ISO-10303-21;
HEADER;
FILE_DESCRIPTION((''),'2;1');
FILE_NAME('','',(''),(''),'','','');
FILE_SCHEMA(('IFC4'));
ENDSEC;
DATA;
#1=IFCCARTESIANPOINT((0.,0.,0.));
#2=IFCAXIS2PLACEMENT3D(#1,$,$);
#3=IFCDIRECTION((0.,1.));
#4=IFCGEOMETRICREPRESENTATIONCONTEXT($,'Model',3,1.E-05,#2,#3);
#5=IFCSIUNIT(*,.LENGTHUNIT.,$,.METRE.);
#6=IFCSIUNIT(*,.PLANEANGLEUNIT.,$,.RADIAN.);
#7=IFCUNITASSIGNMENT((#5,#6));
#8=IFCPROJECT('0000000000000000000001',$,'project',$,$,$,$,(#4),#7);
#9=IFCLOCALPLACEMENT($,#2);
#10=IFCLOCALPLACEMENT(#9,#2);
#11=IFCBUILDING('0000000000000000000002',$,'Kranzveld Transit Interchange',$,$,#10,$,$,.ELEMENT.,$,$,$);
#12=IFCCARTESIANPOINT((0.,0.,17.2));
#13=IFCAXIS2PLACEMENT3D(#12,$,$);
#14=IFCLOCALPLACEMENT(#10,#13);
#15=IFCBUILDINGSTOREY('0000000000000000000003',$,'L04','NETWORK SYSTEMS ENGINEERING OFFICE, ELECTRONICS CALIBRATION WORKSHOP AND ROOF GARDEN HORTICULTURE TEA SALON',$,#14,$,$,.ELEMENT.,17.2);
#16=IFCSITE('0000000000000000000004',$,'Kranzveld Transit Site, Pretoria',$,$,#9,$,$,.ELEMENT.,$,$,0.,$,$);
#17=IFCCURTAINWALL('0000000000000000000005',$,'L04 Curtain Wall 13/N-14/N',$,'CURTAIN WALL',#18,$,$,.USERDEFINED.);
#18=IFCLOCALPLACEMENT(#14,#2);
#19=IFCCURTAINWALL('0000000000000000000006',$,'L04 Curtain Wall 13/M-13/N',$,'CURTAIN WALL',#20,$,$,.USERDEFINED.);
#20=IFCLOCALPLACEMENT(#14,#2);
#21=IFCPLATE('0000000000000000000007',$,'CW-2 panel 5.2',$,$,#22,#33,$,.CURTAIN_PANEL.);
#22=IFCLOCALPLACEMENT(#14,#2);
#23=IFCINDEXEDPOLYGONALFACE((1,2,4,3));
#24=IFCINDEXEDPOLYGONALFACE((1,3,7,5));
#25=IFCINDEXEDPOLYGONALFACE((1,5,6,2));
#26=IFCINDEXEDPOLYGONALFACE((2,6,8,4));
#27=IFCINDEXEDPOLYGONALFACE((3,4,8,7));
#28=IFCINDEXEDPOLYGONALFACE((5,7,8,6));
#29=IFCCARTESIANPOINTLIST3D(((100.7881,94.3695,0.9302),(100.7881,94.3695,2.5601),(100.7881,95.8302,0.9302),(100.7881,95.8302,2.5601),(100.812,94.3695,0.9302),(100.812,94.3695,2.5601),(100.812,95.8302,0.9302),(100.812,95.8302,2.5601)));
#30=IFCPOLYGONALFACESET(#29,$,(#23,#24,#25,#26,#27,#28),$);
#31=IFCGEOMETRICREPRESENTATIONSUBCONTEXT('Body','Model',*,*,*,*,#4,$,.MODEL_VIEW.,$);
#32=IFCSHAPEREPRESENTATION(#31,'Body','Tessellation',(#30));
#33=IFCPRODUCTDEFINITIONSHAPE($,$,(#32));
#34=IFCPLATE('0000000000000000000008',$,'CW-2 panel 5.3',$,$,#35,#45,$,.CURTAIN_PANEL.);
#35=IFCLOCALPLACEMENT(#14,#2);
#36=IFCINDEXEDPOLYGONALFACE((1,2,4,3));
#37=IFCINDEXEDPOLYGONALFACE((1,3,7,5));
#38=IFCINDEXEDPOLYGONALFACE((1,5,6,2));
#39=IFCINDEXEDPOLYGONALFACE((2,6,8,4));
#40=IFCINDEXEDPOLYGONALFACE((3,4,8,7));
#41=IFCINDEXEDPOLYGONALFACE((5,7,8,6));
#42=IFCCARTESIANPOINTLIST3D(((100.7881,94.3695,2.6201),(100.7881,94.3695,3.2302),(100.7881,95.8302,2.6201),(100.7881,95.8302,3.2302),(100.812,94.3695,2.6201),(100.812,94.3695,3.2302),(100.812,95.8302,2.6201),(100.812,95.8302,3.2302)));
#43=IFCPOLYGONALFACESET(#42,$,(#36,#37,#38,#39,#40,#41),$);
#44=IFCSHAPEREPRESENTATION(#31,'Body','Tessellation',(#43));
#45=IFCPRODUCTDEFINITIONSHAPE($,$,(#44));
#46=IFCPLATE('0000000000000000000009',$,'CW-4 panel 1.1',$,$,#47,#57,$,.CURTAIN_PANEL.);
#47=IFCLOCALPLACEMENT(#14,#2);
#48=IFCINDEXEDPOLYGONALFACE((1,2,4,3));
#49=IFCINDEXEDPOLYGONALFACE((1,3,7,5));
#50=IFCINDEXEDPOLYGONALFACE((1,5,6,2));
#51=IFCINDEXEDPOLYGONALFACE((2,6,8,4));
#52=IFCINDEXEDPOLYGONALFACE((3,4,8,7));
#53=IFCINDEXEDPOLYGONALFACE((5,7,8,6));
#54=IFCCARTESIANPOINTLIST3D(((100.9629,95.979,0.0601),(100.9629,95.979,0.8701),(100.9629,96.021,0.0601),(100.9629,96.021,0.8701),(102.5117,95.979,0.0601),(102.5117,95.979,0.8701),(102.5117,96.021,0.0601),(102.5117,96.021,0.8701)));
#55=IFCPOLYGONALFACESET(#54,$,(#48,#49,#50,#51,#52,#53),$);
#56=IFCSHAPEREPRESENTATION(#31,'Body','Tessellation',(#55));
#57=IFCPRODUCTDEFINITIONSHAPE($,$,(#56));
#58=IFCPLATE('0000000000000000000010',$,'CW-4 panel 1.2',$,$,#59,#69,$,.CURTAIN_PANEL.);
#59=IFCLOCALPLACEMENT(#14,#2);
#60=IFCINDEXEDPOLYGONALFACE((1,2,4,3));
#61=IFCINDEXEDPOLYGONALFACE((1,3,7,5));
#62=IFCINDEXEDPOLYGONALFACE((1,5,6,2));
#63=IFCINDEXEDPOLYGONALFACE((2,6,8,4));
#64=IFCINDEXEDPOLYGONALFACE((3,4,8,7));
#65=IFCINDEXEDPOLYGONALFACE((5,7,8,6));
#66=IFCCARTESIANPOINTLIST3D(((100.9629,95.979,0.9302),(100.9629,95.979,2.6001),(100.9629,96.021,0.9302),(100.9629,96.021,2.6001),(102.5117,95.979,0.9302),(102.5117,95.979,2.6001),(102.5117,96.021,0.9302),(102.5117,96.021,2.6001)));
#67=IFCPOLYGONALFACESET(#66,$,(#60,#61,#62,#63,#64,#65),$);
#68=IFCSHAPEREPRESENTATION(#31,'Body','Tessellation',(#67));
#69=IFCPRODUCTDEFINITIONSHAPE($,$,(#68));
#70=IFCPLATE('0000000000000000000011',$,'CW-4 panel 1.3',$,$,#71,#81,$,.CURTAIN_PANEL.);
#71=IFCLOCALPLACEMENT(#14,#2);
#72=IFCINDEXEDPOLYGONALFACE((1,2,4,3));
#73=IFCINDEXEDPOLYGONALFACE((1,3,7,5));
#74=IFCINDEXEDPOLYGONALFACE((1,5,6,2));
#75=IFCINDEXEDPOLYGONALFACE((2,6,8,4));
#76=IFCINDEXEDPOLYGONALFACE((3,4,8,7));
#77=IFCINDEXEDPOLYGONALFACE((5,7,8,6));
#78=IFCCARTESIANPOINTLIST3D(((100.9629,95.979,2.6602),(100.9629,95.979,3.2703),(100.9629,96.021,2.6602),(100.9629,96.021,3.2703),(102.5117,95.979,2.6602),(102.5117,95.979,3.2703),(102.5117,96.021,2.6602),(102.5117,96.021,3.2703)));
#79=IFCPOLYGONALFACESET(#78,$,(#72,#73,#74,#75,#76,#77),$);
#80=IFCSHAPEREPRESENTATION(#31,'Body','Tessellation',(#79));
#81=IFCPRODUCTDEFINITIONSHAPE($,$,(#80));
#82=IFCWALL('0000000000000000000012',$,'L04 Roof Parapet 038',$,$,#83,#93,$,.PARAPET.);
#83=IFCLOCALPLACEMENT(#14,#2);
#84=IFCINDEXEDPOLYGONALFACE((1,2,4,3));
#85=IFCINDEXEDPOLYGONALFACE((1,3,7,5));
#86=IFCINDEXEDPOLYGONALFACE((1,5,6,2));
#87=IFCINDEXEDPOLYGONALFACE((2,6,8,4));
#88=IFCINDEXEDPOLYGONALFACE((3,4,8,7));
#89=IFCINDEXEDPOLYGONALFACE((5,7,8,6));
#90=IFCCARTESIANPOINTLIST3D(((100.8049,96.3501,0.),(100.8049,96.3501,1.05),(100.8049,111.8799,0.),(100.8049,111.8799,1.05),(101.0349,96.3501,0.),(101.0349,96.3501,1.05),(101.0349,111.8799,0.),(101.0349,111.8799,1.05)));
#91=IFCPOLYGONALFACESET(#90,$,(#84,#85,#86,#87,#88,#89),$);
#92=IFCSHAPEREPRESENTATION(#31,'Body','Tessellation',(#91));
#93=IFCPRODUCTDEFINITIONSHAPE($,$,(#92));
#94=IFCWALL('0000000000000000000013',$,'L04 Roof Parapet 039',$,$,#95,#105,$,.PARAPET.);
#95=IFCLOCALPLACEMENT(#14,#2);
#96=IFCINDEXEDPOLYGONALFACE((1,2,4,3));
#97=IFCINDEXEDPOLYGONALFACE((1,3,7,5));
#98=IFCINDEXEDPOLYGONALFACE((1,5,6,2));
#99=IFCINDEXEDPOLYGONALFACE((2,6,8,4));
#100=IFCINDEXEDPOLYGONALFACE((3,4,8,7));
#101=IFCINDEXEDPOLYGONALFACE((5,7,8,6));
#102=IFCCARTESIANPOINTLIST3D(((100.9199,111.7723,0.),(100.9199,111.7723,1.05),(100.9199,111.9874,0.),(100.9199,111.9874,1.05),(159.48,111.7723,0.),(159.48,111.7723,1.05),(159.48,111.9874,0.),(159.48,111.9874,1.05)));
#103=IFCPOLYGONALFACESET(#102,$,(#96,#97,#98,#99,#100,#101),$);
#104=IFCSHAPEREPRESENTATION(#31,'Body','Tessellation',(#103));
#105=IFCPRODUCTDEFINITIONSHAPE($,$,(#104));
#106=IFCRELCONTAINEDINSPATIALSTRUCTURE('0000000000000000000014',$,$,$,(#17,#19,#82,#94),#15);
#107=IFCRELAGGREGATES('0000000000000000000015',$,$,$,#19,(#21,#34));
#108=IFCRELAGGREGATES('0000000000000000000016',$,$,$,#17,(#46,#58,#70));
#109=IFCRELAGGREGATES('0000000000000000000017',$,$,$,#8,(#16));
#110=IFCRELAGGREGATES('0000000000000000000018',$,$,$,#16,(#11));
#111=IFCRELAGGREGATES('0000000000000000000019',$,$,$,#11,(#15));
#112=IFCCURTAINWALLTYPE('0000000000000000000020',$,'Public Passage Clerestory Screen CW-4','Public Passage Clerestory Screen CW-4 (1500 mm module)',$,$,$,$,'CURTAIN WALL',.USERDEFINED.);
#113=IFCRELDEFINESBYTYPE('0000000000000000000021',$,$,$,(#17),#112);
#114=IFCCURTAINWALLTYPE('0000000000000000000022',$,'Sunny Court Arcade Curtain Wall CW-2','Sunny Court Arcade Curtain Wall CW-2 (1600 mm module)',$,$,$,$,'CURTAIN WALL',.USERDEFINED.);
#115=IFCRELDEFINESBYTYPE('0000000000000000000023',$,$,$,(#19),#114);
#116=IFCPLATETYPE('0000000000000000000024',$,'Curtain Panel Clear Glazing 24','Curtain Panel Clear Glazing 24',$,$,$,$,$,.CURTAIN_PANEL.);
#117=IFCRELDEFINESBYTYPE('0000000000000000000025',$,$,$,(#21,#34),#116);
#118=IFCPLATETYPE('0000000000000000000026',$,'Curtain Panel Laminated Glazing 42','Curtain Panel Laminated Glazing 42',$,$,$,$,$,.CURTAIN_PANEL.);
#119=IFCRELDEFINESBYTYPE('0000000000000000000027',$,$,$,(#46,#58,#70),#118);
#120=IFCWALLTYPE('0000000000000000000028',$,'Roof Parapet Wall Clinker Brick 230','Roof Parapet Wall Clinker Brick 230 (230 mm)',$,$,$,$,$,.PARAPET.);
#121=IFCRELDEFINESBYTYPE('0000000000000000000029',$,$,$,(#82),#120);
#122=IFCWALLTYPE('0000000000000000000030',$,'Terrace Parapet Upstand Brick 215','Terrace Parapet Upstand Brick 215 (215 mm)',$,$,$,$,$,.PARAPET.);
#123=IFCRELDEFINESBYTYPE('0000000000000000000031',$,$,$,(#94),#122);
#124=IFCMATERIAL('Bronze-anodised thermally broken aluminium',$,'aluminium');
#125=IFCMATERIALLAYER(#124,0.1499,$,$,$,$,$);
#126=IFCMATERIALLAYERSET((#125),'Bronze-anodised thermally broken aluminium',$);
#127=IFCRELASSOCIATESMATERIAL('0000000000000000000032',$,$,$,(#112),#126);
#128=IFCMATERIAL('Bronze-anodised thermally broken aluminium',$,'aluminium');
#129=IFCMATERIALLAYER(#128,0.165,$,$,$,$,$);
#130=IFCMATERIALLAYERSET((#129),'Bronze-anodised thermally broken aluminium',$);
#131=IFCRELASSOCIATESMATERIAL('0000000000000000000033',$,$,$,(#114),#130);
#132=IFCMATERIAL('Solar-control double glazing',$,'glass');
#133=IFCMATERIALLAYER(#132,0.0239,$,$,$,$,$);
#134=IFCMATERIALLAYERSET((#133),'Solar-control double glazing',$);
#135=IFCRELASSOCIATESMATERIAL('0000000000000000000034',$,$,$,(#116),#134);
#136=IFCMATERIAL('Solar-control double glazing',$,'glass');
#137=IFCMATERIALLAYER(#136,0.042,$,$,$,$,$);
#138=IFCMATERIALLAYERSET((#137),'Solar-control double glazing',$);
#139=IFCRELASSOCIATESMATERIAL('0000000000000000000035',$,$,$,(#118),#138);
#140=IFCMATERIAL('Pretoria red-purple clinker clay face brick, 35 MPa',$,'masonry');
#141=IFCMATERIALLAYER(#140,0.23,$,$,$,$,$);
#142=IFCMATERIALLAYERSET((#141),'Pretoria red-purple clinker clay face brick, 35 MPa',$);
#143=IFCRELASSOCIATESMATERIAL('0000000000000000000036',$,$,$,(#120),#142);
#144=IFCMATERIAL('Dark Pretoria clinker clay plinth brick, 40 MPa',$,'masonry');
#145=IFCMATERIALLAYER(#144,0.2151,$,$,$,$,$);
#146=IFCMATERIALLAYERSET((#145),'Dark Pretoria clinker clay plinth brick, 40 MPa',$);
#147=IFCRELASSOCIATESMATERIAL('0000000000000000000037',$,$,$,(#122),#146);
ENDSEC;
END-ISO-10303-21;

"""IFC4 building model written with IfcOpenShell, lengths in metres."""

from ifc_helpers import new_model, si_unit, direction, frame, frame_2d, origin, origin_2d, place, context, subcontext, project, spatial, rectangle, extrude, material, layer, layer_set, type_object, element, aggregate, save


model = new_model("IFC4")

# Units and contexts
model_context = context("Model", 3, precision=1e-05, world=origin(), true_north=direction((0.0, 1.0)))
body_context = subcontext(model_context, "Body", "Model", "MODEL_VIEW")
ifc_project = project(units=[si_unit("LENGTHUNIT", "METRE"), si_unit("PLANEANGLEUNIT", "RADIAN")], contexts=[model_context])

# Site, building, storey
site_placement = place(None, origin())
site = spatial("IfcSite", under=ifc_project, at=site_placement, Name="Kranzveld Transit Site, Pretoria", CompositionType="ELEMENT", RefElevation=0.0)
building_placement = place(site_placement, origin())
building = spatial("IfcBuilding", under=site, at=building_placement, Name="Kranzveld Transit Interchange", CompositionType="ELEMENT")
storey_placement = place(building_placement, frame((0.0, 0.0, 17.2)))
storey = spatial("IfcBuildingStorey", under=building, at=storey_placement, Name="L04", Description="NETWORK SYSTEMS ENGINEERING OFFICE, ELECTRONICS CALIBRATION WORKSHOP AND ROOF GARDEN HORTICULTURE TEA SALON", CompositionType="ELEMENT", Elevation=17.2)

# Curtain wall
ifc_material_1 = material(Name="Bronze-anodised thermally broken aluminium", Category="aluminium")
ifc_layer_1 = layer(ifc_material_1, 0.1499)
ifc_layer_set_1 = layer_set([ifc_layer_1], Name="Bronze-anodised thermally broken aluminium")
curtain_wall_type_1 = type_object("IfcCurtainWallType", Name="Public Passage Clerestory Screen CW-4", Description="Public Passage Clerestory Screen CW-4 (1500 mm module)", ElementType="CURTAIN WALL", PredefinedType="USERDEFINED", material=ifc_layer_set_1)
curtain_wall_1_placement = place(storey_placement, origin())
curtain_wall_1 = element("IfcCurtainWall", 1, at=curtain_wall_1_placement, inside=storey, type_object=curtain_wall_type_1, Name="L04 Curtain Wall 13/N-14/N", ObjectType="CURTAIN WALL", PredefinedType="USERDEFINED")

# Curtain wall
ifc_material_2 = material(Name="Bronze-anodised thermally broken aluminium", Category="aluminium")
ifc_layer_2 = layer(ifc_material_2, 0.165)
ifc_layer_set_2 = layer_set([ifc_layer_2], Name="Bronze-anodised thermally broken aluminium")
curtain_wall_type_2 = type_object("IfcCurtainWallType", Name="Sunny Court Arcade Curtain Wall CW-2", Description="Sunny Court Arcade Curtain Wall CW-2 (1600 mm module)", ElementType="CURTAIN WALL", PredefinedType="USERDEFINED", material=ifc_layer_set_2)
curtain_wall_2_placement = place(storey_placement, origin())
curtain_wall_2 = element("IfcCurtainWall", 2, at=curtain_wall_2_placement, inside=storey, type_object=curtain_wall_type_2, Name="L04 Curtain Wall 13/M-13/N", ObjectType="CURTAIN WALL", PredefinedType="USERDEFINED")

# Plates
ifc_material_3 = material(Name="Solar-control double glazing", Category="glass")
ifc_layer_3 = layer(ifc_material_3, 0.0239)
ifc_layer_set_3 = layer_set([ifc_layer_3], Name="Solar-control double glazing")
plate_type_1 = type_object("IfcPlateType", Name="Curtain Panel Clear Glazing 24", Description="Curtain Panel Clear Glazing 24", PredefinedType="CURTAIN_PANEL", material=ifc_layer_set_3)
plate_1_placement = place(storey_placement, frame((100.8, 95.0999, 0.9302), z_axis=(0.0, 0.0, 1.0), x_axis=(0.0, 1.0, 0.0)))
plate_1 = element("IfcPlate", 3, at=plate_1_placement, type_object=plate_type_1, Name="CW-2 panel 5.2", PredefinedType="CURTAIN_PANEL", context=body_context, shape_type="SweptSolid", body=[
    extrude(rectangle(XDim=1.4607, YDim=0.0239, at=origin_2d()), origin(), (0.0, 0.0, 1.0), 1.6299),
])
plate_2_placement = place(storey_placement, frame((100.8, 95.0999, 2.6201), z_axis=(0.0, 0.0, 1.0), x_axis=(0.0, 1.0, 0.0)))
plate_2 = element("IfcPlate", 4, at=plate_2_placement, type_object=plate_type_1, Name="CW-2 panel 5.3", PredefinedType="CURTAIN_PANEL", context=body_context, shape_type="SweptSolid", body=[
    extrude(rectangle(XDim=1.4607, YDim=0.0239, at=origin_2d()), origin(), (0.0, 0.0, 1.0), 0.6101),
])
aggregate(curtain_wall_2, [plate_1, plate_2])
ifc_material_4 = material(Name="Solar-control double glazing", Category="glass")
ifc_layer_4 = layer(ifc_material_4, 0.042)
ifc_layer_set_4 = layer_set([ifc_layer_4], Name="Solar-control double glazing")
plate_type_2 = type_object("IfcPlateType", Name="Curtain Panel Laminated Glazing 42", Description="Curtain Panel Laminated Glazing 42", PredefinedType="CURTAIN_PANEL", material=ifc_layer_set_4)
plate_3_placement = place(storey_placement, frame((101.7373, 96.0, 0.0601), z_axis=(0.0, 0.0, 1.0), x_axis=(1.0, 0.0, 0.0)))
plate_3 = element("IfcPlate", 5, at=plate_3_placement, type_object=plate_type_2, Name="CW-4 panel 1.1", PredefinedType="CURTAIN_PANEL", context=body_context, shape_type="SweptSolid", body=[
    extrude(rectangle(XDim=1.5488, YDim=0.042, at=origin_2d()), origin(), (0.0, 0.0, 1.0), 0.8101),
])
plate_4_placement = place(storey_placement, frame((101.7373, 96.0, 0.9302), z_axis=(0.0, 0.0, 1.0), x_axis=(1.0, 0.0, 0.0)))
plate_4 = element("IfcPlate", 6, at=plate_4_placement, type_object=plate_type_2, Name="CW-4 panel 1.2", PredefinedType="CURTAIN_PANEL", context=body_context, shape_type="SweptSolid", body=[
    extrude(rectangle(XDim=1.5488, YDim=0.042, at=origin_2d()), origin(), (0.0, 0.0, 1.0), 1.6699),
])
plate_5_placement = place(storey_placement, frame((101.7373, 96.0, 2.6602), z_axis=(0.0, 0.0, 1.0), x_axis=(1.0, 0.0, 0.0)))
plate_5 = element("IfcPlate", 7, at=plate_5_placement, type_object=plate_type_2, Name="CW-4 panel 1.3", PredefinedType="CURTAIN_PANEL", context=body_context, shape_type="SweptSolid", body=[
    extrude(rectangle(XDim=1.5488, YDim=0.042, at=origin_2d()), origin(), (0.0, 0.0, 1.0), 0.6101),
])
aggregate(curtain_wall_1, [plate_3, plate_4, plate_5])

# Walls
ifc_material_5 = material(Name="Pretoria red-purple clinker clay face brick, 35 MPa", Category="masonry")
ifc_layer_5 = layer(ifc_material_5, 0.23)
ifc_layer_set_5 = layer_set([ifc_layer_5], Name="Pretoria red-purple clinker clay face brick, 35 MPa")
wall_type_1 = type_object("IfcWallType", Name="Roof Parapet Wall Clinker Brick 230", Description="Roof Parapet Wall Clinker Brick 230 (230 mm)", PredefinedType="PARAPET", material=ifc_layer_set_5)
wall_1_placement = place(storey_placement, frame((100.9199, 96.3501, 0.0), z_axis=(0.0, 0.0, 1.0), x_axis=(0.0, 1.0, 0.0)))
element("IfcWall", 8, at=wall_1_placement, inside=storey, type_object=wall_type_1, Name="L04 Roof Parapet 038", PredefinedType="PARAPET", context=body_context, shape_type="SweptSolid", body=[
    extrude(rectangle(XDim=15.5298, YDim=0.23, at=frame_2d((7.7649, 0.0))), origin(), (0.0, 0.0, 1.0), 1.05),
])
ifc_material_6 = material(Name="Dark Pretoria clinker clay plinth brick, 40 MPa", Category="masonry")
ifc_layer_6 = layer(ifc_material_6, 0.2151)
ifc_layer_set_6 = layer_set([ifc_layer_6], Name="Dark Pretoria clinker clay plinth brick, 40 MPa")
wall_type_2 = type_object("IfcWallType", Name="Terrace Parapet Upstand Brick 215", Description="Terrace Parapet Upstand Brick 215 (215 mm)", PredefinedType="PARAPET", material=ifc_layer_set_6)
wall_2_placement = place(storey_placement, frame((100.9199, 111.8799, 0.0), z_axis=(0.0, 0.0, 1.0), x_axis=(1.0, 0.0, 0.0)))
element("IfcWall", 9, at=wall_2_placement, inside=storey, type_object=wall_type_2, Name="L04 Roof Parapet 039", PredefinedType="PARAPET", context=body_context, shape_type="SweptSolid", body=[
    extrude(rectangle(XDim=58.5601, YDim=0.2151, at=frame_2d((29.28, 0.0))), origin(), (0.0, 0.0, 1.0), 1.05),
])

save(model, "model.ifc")
